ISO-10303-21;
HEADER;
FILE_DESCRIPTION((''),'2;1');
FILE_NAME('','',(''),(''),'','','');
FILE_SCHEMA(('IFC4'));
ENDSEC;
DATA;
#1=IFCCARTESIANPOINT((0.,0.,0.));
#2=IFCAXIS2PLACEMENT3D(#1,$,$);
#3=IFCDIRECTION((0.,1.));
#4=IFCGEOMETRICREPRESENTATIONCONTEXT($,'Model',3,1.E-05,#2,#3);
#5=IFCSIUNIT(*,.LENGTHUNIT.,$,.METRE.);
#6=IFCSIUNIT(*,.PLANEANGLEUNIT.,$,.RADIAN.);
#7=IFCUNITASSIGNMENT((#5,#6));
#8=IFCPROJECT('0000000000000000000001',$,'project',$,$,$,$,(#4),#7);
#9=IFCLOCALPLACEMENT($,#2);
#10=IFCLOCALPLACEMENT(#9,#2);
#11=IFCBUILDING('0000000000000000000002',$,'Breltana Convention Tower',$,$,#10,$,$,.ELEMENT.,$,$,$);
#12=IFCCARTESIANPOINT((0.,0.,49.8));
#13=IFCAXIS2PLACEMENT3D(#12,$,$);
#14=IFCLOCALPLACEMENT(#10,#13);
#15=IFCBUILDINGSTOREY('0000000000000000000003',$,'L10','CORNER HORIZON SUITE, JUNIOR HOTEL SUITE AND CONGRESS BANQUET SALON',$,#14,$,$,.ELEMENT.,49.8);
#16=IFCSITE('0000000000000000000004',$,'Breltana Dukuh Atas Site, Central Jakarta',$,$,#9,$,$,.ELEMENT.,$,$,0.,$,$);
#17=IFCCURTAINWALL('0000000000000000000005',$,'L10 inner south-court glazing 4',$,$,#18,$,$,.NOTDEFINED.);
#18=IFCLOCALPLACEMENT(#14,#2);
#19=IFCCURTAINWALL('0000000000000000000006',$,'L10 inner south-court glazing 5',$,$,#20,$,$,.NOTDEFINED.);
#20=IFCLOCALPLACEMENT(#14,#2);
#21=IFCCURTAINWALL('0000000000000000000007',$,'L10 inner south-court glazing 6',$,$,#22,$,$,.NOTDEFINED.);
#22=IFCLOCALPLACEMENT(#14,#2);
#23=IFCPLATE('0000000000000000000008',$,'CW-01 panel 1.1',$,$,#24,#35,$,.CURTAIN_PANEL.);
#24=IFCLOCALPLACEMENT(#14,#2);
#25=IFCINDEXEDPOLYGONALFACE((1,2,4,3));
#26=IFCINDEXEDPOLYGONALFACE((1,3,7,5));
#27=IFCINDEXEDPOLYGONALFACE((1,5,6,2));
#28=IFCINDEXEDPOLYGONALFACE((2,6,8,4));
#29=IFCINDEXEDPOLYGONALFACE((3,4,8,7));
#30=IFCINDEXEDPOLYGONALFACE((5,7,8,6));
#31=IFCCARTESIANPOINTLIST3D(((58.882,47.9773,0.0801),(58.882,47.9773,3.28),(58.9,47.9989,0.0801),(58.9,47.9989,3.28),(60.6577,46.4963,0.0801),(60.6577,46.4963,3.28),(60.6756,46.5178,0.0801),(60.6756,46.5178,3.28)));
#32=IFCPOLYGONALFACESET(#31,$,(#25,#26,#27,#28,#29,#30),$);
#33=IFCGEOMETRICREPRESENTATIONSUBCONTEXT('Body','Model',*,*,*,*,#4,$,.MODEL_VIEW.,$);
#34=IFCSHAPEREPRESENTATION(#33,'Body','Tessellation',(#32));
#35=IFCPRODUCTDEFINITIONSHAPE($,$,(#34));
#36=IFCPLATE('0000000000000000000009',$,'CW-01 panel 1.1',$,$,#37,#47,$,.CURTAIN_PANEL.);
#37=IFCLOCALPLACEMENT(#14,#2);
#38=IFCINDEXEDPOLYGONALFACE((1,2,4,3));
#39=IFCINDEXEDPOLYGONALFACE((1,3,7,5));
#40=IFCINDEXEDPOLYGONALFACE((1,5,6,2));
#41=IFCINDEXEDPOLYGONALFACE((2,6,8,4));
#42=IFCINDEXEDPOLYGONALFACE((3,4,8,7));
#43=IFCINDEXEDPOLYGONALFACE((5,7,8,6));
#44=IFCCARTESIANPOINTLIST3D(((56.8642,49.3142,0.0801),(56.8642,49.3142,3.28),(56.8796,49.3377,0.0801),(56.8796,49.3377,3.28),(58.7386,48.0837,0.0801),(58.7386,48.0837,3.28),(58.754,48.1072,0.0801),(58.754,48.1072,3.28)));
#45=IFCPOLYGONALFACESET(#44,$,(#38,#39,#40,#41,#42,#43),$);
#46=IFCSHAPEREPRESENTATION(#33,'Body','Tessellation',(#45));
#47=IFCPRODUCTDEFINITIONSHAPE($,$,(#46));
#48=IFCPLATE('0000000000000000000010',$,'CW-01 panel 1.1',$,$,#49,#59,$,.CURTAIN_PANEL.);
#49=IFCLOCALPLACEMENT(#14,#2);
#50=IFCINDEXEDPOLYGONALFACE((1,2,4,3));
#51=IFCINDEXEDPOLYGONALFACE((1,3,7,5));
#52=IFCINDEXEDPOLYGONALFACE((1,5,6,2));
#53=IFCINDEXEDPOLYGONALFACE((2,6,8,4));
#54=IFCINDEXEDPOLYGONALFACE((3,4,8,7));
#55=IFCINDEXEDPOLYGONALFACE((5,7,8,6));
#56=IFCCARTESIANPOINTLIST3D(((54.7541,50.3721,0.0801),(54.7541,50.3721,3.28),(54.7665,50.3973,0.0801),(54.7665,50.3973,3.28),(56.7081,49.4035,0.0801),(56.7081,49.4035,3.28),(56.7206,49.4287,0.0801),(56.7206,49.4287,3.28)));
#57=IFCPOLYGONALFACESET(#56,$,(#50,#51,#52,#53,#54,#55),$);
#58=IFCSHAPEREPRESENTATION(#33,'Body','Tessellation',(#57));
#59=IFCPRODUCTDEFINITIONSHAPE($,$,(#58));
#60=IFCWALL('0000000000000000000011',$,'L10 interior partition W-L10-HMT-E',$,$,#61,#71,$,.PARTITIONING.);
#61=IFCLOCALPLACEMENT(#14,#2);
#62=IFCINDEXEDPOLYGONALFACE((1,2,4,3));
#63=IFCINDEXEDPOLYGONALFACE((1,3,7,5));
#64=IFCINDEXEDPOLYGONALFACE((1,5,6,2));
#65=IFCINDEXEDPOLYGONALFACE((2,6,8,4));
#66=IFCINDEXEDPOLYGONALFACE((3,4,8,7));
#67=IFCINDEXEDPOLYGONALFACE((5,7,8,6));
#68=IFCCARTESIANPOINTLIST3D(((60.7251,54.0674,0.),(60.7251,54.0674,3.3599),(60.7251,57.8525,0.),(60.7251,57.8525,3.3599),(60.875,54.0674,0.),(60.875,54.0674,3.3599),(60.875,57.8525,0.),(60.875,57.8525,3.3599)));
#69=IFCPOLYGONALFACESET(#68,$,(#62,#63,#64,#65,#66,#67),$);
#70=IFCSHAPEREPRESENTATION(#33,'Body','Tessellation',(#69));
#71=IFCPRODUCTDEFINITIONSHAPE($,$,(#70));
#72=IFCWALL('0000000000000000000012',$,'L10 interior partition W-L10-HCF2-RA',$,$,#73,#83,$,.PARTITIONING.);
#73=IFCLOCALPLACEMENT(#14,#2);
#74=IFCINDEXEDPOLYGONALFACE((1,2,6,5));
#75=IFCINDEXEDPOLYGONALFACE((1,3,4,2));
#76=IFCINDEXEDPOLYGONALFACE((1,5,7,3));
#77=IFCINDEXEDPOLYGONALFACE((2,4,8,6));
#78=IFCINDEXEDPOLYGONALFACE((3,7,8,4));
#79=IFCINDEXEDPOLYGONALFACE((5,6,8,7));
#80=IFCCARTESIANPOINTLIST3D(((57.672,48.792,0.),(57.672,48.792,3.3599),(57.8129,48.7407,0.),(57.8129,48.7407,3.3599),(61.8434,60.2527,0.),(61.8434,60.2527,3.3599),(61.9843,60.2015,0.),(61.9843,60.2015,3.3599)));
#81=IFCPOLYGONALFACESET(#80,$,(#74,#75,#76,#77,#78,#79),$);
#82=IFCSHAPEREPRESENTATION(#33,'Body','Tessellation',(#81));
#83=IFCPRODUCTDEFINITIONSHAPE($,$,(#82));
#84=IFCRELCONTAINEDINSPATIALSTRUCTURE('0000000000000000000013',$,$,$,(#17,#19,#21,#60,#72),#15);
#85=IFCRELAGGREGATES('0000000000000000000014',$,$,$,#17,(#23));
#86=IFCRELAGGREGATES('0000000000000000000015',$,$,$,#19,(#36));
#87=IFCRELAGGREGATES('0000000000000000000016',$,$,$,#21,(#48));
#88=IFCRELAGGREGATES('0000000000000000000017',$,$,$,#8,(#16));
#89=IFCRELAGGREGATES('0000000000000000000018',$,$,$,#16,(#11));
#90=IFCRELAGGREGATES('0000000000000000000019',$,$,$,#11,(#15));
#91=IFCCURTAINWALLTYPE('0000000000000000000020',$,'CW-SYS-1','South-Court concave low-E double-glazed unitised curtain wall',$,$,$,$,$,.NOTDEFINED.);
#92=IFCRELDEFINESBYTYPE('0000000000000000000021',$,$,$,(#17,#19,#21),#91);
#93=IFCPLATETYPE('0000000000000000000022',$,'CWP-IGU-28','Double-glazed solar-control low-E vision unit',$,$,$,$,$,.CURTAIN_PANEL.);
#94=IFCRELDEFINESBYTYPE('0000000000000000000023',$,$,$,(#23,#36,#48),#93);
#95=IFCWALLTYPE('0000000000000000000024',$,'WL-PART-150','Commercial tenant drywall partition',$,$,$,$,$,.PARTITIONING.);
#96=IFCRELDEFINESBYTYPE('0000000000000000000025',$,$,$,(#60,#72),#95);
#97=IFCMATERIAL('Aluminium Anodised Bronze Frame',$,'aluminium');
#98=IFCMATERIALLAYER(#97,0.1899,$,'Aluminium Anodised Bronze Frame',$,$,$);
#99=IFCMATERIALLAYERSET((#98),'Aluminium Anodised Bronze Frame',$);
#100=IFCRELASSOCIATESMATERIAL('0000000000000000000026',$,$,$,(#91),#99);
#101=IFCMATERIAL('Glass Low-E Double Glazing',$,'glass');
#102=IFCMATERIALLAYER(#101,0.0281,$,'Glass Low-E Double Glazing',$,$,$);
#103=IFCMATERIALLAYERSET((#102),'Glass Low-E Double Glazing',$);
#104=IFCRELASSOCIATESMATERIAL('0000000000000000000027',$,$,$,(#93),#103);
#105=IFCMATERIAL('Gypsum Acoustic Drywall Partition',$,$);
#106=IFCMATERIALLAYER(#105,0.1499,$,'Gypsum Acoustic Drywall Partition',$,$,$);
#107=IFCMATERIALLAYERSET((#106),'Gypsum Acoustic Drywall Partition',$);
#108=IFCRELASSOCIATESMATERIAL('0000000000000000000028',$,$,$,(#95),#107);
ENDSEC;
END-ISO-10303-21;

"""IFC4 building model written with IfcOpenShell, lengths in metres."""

from ifc_helpers import new_model, si_unit, direction, frame, frame_2d, origin, origin_2d, place, context, subcontext, project, spatial, rectangle, extrude, source, transform, mapped, material, layer, layer_set, type_object, element, aggregate, save


model = new_model("IFC4")

# Units and contexts
model_context = context("Model", 3, precision=1e-05, world=origin(), true_north=direction((0.0, 1.0)))
body_context = subcontext(model_context, "Body", "Model", "MODEL_VIEW")
ifc_project = project(units=[si_unit("LENGTHUNIT", "METRE"), si_unit("PLANEANGLEUNIT", "RADIAN")], contexts=[model_context])

# Site, building, storey
site_placement = place(None, origin())
site = spatial("IfcSite", under=ifc_project, at=site_placement, Name="Breltana Dukuh Atas Site, Central Jakarta", CompositionType="ELEMENT", RefElevation=0.0)
building_placement = place(site_placement, origin())
building = spatial("IfcBuilding", under=site, at=building_placement, Name="Breltana Convention Tower", CompositionType="ELEMENT")
storey_placement = place(building_placement, frame((0.0, 0.0, 49.8)))
storey = spatial("IfcBuildingStorey", under=building, at=storey_placement, Name="L10", Description="CORNER HORIZON SUITE, JUNIOR HOTEL SUITE AND CONGRESS BANQUET SALON", CompositionType="ELEMENT", Elevation=49.8)

# Shared definitions
ifc_material_1 = material(Name="Aluminium Anodised Bronze Frame", Category="aluminium")
ifc_layer_1 = layer(ifc_material_1, 0.1899, Name="Aluminium Anodised Bronze Frame")
ifc_layer_set_1 = layer_set([ifc_layer_1], Name="Aluminium Anodised Bronze Frame")
curtain_wall_type = type_object("IfcCurtainWallType", Name="CW-SYS-1", Description="South-Court concave low-E double-glazed unitised curtain wall", PredefinedType="NOTDEFINED", material=ifc_layer_set_1)

# Curtain walls
curtain_wall_1_placement = place(storey_placement, origin())
curtain_wall_1 = element("IfcCurtainWall", 1, at=curtain_wall_1_placement, inside=storey, type_object=curtain_wall_type, Name="L10 inner south-court glazing 4", PredefinedType="NOTDEFINED")
curtain_wall_2_placement = place(storey_placement, origin())
curtain_wall_2 = element("IfcCurtainWall", 2, at=curtain_wall_2_placement, inside=storey, type_object=curtain_wall_type, Name="L10 inner south-court glazing 5", PredefinedType="NOTDEFINED")
curtain_wall_3_placement = place(storey_placement, origin())
curtain_wall_3 = element("IfcCurtainWall", 3, at=curtain_wall_3_placement, inside=storey, type_object=curtain_wall_type, Name="L10 inner south-court glazing 6", PredefinedType="NOTDEFINED")

# Plates
ifc_material_2 = material(Name="Glass Low-E Double Glazing", Category="glass")
ifc_layer_2 = layer(ifc_material_2, 0.0281, Name="Glass Low-E Double Glazing")
ifc_layer_set_2 = layer_set([ifc_layer_2], Name="Glass Low-E Double Glazing")
plate_type = type_object("IfcPlateType", Name="CWP-IGU-28", Description="Double-glazed solar-control low-E vision unit", PredefinedType="CURTAIN_PANEL", material=ifc_layer_set_2)
shared_shape_1 = source(origin(), body_context, "Body", "SweptSolid", [
    extrude(rectangle(XDim=2.3123, YDim=0.0281, at=origin_2d()), origin(), (0.0, 0.0, 1.0), 3.2),
])
plate_1_placement = place(storey_placement, frame((59.7788, 47.2476, 0.0801), z_axis=(0.0, 0.0, 1.0), x_axis=(-0.767939, 0.640523, 0.0)))
plate_1 = element("IfcPlate", 4, at=plate_1_placement, type_object=plate_type, Name="CW-01 panel 1.1", PredefinedType="CURTAIN_PANEL", context=body_context, shape_type="MappedRepresentation", body=[
    mapped(shared_shape_1, transform((0.0, 0.0, 0.0), scale=1.0)),
])
aggregate(curtain_wall_1, [plate_1])
shared_shape_2 = source(origin(), body_context, "Body", "SweptSolid", [
    extrude(rectangle(XDim=2.2422, YDim=0.0281, at=origin_2d()), origin(), (0.0, 0.0, 1.0), 3.2),
])
plate_2_placement = place(storey_placement, frame((57.8091, 48.7107, 0.0801), z_axis=(0.0, 0.0, 1.0), x_axis=(-0.835968, 0.548778, 0.0)))
plate_2 = element("IfcPlate", 5, at=plate_2_placement, type_object=plate_type, Name="CW-01 panel 1.1", PredefinedType="CURTAIN_PANEL", context=body_context, shape_type="MappedRepresentation", body=[
    mapped(shared_shape_2, transform((0.0, 0.0, 0.0), scale=1.0)),
])
aggregate(curtain_wall_2, [plate_2])
shared_shape_3 = source(origin(), body_context, "Body", "SweptSolid", [
    extrude(rectangle(XDim=2.1809, YDim=0.0281, at=origin_2d()), origin(), (0.0, 0.0, 1.0), 3.2),
])
plate_3_placement = place(storey_placement, frame((55.7373, 49.9004, 0.0801), z_axis=(0.0, 0.0, 1.0), x_axis=(-0.895968, 0.444118, 0.0)))
plate_3 = element("IfcPlate", 6, at=plate_3_placement, type_object=plate_type, Name="CW-01 panel 1.1", PredefinedType="CURTAIN_PANEL", context=body_context, shape_type="MappedRepresentation", body=[
    mapped(shared_shape_3, transform((0.0, 0.0, 0.0), scale=1.0)),
])
aggregate(curtain_wall_3, [plate_3])

# Walls
ifc_material_3 = material(Name="Gypsum Acoustic Drywall Partition")
ifc_layer_3 = layer(ifc_material_3, 0.1499, Name="Gypsum Acoustic Drywall Partition")
ifc_layer_set_3 = layer_set([ifc_layer_3], Name="Gypsum Acoustic Drywall Partition")
wall_type = type_object("IfcWallType", Name="WL-PART-150", Description="Commercial tenant drywall partition", PredefinedType="PARTITIONING", material=ifc_layer_set_3)
shared_shape_4 = source(origin(), body_context, "Body", "SweptSolid", [
    extrude(rectangle(XDim=3.7852, YDim=0.1499, at=frame_2d((1.8926, 0.0))), origin(), (0.0, 0.0, 1.0), 3.3599),
])
wall_1_placement = place(storey_placement, frame((60.8, 54.0674, 0.0), z_axis=(0.0, 0.0, 1.0), x_axis=(0.0, 1.0, 0.0)))
element("IfcWall", 7, at=wall_1_placement, inside=storey, type_object=wall_type, Name="L10 interior partition W-L10-HMT-E", PredefinedType="PARTITIONING", context=body_context, shape_type="MappedRepresentation", body=[
    mapped(shared_shape_4, transform((0.0, 0.0, 0.0), scale=1.0)),
])
shared_shape_5 = source(origin(), body_context, "Body", "SweptSolid", [
    extrude(rectangle(XDim=12.1963, YDim=0.1499, at=frame_2d((6.0981, 0.0))), origin(), (0.0, 0.0, 1.0), 3.3599),
])
wall_2_placement = place(storey_placement, frame((57.7424, 48.7664, 0.0), z_axis=(0.0, 0.0, 1.0), x_axis=(0.342023, 0.939692, 0.0)))
element("IfcWall", 8, at=wall_2_placement, inside=storey, type_object=wall_type, Name="L10 interior partition W-L10-HCF2-RA", PredefinedType="PARTITIONING", context=body_context, shape_type="MappedRepresentation", body=[
    mapped(shared_shape_5, transform((0.0, 0.0, 0.0), scale=1.0)),
])

save(model, "model.ifc")
